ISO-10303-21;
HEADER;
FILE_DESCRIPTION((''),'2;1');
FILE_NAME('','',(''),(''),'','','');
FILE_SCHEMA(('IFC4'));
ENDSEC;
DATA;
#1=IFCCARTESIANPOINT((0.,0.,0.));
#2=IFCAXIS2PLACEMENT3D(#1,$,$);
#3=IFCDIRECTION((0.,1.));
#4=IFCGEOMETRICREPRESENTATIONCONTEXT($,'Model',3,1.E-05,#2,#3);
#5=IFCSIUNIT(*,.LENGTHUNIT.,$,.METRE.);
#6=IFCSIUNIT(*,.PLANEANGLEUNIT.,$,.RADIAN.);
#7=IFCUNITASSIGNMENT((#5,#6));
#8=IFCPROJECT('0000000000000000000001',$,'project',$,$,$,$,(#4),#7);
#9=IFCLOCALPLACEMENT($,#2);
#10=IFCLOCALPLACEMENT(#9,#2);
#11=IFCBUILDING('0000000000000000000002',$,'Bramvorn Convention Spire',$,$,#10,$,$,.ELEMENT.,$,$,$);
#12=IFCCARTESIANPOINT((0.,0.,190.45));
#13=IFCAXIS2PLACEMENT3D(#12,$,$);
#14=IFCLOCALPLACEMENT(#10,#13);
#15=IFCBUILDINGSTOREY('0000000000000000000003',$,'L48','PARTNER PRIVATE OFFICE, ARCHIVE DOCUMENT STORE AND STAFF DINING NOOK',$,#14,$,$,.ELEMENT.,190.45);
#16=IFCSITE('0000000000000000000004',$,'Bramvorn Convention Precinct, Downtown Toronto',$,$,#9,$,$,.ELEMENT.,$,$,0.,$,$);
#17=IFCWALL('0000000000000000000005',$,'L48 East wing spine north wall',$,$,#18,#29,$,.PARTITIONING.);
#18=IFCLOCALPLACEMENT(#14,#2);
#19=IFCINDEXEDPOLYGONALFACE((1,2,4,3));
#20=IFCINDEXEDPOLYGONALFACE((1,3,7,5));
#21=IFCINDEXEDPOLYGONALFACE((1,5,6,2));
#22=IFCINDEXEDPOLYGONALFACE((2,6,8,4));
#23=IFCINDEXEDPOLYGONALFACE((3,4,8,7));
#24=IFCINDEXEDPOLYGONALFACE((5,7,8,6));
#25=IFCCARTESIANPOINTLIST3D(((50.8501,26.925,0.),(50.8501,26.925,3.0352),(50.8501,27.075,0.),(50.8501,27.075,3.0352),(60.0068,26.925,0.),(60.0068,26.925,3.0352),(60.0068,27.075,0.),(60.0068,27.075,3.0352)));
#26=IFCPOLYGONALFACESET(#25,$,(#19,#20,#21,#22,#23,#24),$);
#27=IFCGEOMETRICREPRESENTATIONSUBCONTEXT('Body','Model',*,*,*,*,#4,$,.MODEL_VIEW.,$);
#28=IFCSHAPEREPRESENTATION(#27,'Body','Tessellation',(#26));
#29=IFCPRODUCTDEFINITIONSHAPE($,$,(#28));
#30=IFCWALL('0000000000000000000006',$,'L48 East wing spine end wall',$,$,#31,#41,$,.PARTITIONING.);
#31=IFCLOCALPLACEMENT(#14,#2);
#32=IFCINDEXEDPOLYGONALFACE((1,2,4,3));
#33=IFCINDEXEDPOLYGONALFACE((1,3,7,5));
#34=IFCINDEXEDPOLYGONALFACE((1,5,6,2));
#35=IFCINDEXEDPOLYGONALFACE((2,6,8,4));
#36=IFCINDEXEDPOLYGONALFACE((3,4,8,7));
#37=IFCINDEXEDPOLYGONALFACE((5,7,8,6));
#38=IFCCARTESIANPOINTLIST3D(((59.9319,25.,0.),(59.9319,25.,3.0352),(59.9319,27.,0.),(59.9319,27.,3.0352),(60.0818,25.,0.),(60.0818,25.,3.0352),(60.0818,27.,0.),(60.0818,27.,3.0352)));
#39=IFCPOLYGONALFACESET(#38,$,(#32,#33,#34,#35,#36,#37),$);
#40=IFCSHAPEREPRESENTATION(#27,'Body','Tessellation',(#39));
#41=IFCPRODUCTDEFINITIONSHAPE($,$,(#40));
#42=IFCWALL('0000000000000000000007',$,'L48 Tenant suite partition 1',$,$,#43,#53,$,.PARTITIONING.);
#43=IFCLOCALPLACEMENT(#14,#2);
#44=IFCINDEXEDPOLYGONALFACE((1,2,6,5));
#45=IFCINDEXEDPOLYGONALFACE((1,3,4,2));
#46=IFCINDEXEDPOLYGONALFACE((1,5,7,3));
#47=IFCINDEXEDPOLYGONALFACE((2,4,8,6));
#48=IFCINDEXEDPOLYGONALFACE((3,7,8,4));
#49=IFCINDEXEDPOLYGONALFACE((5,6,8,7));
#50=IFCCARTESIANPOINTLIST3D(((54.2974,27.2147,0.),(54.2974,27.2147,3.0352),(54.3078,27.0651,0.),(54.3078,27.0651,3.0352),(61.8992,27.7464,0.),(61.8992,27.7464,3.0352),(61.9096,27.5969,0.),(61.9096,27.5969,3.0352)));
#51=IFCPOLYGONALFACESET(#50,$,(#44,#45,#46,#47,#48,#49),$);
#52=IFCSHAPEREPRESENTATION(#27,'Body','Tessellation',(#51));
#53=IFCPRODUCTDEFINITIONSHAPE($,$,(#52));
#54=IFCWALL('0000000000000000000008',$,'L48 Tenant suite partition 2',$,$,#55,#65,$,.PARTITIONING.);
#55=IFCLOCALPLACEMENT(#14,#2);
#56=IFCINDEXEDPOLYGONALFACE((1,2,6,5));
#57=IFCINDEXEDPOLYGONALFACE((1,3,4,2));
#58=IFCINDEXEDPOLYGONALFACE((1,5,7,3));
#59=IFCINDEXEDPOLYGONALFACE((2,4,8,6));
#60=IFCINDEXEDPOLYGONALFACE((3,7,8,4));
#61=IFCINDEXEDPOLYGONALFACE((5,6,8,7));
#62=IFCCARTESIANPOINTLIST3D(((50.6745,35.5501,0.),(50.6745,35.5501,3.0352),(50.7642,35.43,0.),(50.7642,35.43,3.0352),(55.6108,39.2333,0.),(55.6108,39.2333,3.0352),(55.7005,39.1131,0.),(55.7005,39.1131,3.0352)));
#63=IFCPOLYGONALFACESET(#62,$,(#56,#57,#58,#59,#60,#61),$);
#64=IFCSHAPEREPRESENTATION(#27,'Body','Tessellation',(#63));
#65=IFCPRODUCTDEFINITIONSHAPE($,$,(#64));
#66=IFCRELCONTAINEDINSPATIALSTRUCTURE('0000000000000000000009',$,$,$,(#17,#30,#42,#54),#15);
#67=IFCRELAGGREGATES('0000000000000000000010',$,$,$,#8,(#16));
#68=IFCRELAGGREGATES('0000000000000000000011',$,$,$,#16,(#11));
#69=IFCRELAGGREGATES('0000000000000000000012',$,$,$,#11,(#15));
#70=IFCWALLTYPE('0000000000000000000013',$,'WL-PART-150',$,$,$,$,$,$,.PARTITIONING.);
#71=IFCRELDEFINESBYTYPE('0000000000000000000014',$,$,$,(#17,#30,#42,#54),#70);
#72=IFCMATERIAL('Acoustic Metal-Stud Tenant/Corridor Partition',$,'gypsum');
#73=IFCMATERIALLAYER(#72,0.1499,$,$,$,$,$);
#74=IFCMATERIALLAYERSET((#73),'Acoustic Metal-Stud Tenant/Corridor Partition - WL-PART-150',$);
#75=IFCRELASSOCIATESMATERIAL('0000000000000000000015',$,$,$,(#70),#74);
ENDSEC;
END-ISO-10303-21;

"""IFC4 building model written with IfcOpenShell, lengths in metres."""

from ifc_helpers import new_model, si_unit, direction, frame, frame_2d, origin, place, context, subcontext, project, spatial, rectangle, extrude, material, layer, layer_set, type_object, element, save


model = new_model("IFC4")

# Units and contexts
model_context = context("Model", 3, precision=1e-05, world=origin(), true_north=direction((0.0, 1.0)))
body_context = subcontext(model_context, "Body", "Model", "MODEL_VIEW")
ifc_project = project(units=[si_unit("LENGTHUNIT", "METRE"), si_unit("PLANEANGLEUNIT", "RADIAN")], contexts=[model_context])

# Site, building, storey
site_placement = place(None, origin())
site = spatial("IfcSite", under=ifc_project, at=site_placement, Name="Bramvorn Convention Precinct, Downtown Toronto", CompositionType="ELEMENT", RefElevation=0.0)
building_placement = place(site_placement, origin())
building = spatial("IfcBuilding", under=site, at=building_placement, Name="Bramvorn Convention Spire", CompositionType="ELEMENT")
storey_placement = place(building_placement, frame((0.0, 0.0, 190.45)))
storey = spatial("IfcBuildingStorey", under=building, at=storey_placement, Name="L48", Description="PARTNER PRIVATE OFFICE, ARCHIVE DOCUMENT STORE AND STAFF DINING NOOK", CompositionType="ELEMENT", Elevation=190.45)

# Shared definitions
ifc_material_1 = material(Name="Acoustic Metal-Stud Tenant/Corridor Partition", Category="gypsum")
ifc_layer_1 = layer(ifc_material_1, 0.1499)
ifc_layer_set_1 = layer_set([ifc_layer_1], Name="Acoustic Metal-Stud Tenant/Corridor Partition - WL-PART-150")
wall_type_1 = type_object("IfcWallType", Name="WL-PART-150", PredefinedType="PARTITIONING", material=ifc_layer_set_1)

# Walls
wall_1_placement = place(storey_placement, frame((50.8501, 27.0, 0.0), z_axis=(0.0, 0.0, 1.0), x_axis=(1.0, 0.0, 0.0)))
element("IfcWall", 1, at=wall_1_placement, inside=storey, type_object=wall_type_1, Name="L48 East wing spine north wall", PredefinedType="PARTITIONING", context=body_context, shape_type="SweptSolid", body=[
    extrude(rectangle(XDim=9.1567, YDim=0.1499, at=frame_2d((4.5784, 0.0))), origin(), (0.0, 0.0, 1.0), 3.0352),
])
wall_2_placement = place(storey_placement, frame((60.0068, 25.0, 0.0), z_axis=(0.0, 0.0, 1.0), x_axis=(0.0, 1.0, 0.0)))
element("IfcWall", 2, at=wall_2_placement, inside=storey, type_object=wall_type_1, Name="L48 East wing spine end wall", PredefinedType="PARTITIONING", context=body_context, shape_type="SweptSolid", body=[
    extrude(rectangle(XDim=2.0, YDim=0.1499, at=frame_2d((1.0, 0.0))), origin(), (0.0, 0.0, 1.0), 3.0352),
])
wall_3_placement = place(storey_placement, frame((54.3027, 27.1399, 0.0), z_axis=(0.0, 0.0, 1.0), x_axis=(0.997563, 0.069778, 0.0)))
element("IfcWall", 3, at=wall_3_placement, inside=storey, type_object=wall_type_1, Name="L48 Tenant suite partition 1", PredefinedType="PARTITIONING", context=body_context, shape_type="SweptSolid", body=[
    extrude(rectangle(XDim=7.6204, YDim=0.1499, at=frame_2d((3.8101, 0.0))), origin(), (0.0, 0.0, 1.0), 3.0352),
])
wall_4_placement = place(storey_placement, frame((50.7192, 35.49, 0.0), z_axis=(0.0, 0.0, 1.0), x_axis=(0.801486, 0.598013, 0.0)))
element("IfcWall", 4, at=wall_4_placement, inside=storey, type_object=wall_type_1, Name="L48 Tenant suite partition 2", PredefinedType="PARTITIONING", context=body_context, shape_type="SweptSolid", body=[
    extrude(rectangle(XDim=6.1589, YDim=0.1499, at=frame_2d((3.0796, 0.0))), origin(), (0.0, 0.0, 1.0), 3.0352),
])

save(model, "model.ifc")
